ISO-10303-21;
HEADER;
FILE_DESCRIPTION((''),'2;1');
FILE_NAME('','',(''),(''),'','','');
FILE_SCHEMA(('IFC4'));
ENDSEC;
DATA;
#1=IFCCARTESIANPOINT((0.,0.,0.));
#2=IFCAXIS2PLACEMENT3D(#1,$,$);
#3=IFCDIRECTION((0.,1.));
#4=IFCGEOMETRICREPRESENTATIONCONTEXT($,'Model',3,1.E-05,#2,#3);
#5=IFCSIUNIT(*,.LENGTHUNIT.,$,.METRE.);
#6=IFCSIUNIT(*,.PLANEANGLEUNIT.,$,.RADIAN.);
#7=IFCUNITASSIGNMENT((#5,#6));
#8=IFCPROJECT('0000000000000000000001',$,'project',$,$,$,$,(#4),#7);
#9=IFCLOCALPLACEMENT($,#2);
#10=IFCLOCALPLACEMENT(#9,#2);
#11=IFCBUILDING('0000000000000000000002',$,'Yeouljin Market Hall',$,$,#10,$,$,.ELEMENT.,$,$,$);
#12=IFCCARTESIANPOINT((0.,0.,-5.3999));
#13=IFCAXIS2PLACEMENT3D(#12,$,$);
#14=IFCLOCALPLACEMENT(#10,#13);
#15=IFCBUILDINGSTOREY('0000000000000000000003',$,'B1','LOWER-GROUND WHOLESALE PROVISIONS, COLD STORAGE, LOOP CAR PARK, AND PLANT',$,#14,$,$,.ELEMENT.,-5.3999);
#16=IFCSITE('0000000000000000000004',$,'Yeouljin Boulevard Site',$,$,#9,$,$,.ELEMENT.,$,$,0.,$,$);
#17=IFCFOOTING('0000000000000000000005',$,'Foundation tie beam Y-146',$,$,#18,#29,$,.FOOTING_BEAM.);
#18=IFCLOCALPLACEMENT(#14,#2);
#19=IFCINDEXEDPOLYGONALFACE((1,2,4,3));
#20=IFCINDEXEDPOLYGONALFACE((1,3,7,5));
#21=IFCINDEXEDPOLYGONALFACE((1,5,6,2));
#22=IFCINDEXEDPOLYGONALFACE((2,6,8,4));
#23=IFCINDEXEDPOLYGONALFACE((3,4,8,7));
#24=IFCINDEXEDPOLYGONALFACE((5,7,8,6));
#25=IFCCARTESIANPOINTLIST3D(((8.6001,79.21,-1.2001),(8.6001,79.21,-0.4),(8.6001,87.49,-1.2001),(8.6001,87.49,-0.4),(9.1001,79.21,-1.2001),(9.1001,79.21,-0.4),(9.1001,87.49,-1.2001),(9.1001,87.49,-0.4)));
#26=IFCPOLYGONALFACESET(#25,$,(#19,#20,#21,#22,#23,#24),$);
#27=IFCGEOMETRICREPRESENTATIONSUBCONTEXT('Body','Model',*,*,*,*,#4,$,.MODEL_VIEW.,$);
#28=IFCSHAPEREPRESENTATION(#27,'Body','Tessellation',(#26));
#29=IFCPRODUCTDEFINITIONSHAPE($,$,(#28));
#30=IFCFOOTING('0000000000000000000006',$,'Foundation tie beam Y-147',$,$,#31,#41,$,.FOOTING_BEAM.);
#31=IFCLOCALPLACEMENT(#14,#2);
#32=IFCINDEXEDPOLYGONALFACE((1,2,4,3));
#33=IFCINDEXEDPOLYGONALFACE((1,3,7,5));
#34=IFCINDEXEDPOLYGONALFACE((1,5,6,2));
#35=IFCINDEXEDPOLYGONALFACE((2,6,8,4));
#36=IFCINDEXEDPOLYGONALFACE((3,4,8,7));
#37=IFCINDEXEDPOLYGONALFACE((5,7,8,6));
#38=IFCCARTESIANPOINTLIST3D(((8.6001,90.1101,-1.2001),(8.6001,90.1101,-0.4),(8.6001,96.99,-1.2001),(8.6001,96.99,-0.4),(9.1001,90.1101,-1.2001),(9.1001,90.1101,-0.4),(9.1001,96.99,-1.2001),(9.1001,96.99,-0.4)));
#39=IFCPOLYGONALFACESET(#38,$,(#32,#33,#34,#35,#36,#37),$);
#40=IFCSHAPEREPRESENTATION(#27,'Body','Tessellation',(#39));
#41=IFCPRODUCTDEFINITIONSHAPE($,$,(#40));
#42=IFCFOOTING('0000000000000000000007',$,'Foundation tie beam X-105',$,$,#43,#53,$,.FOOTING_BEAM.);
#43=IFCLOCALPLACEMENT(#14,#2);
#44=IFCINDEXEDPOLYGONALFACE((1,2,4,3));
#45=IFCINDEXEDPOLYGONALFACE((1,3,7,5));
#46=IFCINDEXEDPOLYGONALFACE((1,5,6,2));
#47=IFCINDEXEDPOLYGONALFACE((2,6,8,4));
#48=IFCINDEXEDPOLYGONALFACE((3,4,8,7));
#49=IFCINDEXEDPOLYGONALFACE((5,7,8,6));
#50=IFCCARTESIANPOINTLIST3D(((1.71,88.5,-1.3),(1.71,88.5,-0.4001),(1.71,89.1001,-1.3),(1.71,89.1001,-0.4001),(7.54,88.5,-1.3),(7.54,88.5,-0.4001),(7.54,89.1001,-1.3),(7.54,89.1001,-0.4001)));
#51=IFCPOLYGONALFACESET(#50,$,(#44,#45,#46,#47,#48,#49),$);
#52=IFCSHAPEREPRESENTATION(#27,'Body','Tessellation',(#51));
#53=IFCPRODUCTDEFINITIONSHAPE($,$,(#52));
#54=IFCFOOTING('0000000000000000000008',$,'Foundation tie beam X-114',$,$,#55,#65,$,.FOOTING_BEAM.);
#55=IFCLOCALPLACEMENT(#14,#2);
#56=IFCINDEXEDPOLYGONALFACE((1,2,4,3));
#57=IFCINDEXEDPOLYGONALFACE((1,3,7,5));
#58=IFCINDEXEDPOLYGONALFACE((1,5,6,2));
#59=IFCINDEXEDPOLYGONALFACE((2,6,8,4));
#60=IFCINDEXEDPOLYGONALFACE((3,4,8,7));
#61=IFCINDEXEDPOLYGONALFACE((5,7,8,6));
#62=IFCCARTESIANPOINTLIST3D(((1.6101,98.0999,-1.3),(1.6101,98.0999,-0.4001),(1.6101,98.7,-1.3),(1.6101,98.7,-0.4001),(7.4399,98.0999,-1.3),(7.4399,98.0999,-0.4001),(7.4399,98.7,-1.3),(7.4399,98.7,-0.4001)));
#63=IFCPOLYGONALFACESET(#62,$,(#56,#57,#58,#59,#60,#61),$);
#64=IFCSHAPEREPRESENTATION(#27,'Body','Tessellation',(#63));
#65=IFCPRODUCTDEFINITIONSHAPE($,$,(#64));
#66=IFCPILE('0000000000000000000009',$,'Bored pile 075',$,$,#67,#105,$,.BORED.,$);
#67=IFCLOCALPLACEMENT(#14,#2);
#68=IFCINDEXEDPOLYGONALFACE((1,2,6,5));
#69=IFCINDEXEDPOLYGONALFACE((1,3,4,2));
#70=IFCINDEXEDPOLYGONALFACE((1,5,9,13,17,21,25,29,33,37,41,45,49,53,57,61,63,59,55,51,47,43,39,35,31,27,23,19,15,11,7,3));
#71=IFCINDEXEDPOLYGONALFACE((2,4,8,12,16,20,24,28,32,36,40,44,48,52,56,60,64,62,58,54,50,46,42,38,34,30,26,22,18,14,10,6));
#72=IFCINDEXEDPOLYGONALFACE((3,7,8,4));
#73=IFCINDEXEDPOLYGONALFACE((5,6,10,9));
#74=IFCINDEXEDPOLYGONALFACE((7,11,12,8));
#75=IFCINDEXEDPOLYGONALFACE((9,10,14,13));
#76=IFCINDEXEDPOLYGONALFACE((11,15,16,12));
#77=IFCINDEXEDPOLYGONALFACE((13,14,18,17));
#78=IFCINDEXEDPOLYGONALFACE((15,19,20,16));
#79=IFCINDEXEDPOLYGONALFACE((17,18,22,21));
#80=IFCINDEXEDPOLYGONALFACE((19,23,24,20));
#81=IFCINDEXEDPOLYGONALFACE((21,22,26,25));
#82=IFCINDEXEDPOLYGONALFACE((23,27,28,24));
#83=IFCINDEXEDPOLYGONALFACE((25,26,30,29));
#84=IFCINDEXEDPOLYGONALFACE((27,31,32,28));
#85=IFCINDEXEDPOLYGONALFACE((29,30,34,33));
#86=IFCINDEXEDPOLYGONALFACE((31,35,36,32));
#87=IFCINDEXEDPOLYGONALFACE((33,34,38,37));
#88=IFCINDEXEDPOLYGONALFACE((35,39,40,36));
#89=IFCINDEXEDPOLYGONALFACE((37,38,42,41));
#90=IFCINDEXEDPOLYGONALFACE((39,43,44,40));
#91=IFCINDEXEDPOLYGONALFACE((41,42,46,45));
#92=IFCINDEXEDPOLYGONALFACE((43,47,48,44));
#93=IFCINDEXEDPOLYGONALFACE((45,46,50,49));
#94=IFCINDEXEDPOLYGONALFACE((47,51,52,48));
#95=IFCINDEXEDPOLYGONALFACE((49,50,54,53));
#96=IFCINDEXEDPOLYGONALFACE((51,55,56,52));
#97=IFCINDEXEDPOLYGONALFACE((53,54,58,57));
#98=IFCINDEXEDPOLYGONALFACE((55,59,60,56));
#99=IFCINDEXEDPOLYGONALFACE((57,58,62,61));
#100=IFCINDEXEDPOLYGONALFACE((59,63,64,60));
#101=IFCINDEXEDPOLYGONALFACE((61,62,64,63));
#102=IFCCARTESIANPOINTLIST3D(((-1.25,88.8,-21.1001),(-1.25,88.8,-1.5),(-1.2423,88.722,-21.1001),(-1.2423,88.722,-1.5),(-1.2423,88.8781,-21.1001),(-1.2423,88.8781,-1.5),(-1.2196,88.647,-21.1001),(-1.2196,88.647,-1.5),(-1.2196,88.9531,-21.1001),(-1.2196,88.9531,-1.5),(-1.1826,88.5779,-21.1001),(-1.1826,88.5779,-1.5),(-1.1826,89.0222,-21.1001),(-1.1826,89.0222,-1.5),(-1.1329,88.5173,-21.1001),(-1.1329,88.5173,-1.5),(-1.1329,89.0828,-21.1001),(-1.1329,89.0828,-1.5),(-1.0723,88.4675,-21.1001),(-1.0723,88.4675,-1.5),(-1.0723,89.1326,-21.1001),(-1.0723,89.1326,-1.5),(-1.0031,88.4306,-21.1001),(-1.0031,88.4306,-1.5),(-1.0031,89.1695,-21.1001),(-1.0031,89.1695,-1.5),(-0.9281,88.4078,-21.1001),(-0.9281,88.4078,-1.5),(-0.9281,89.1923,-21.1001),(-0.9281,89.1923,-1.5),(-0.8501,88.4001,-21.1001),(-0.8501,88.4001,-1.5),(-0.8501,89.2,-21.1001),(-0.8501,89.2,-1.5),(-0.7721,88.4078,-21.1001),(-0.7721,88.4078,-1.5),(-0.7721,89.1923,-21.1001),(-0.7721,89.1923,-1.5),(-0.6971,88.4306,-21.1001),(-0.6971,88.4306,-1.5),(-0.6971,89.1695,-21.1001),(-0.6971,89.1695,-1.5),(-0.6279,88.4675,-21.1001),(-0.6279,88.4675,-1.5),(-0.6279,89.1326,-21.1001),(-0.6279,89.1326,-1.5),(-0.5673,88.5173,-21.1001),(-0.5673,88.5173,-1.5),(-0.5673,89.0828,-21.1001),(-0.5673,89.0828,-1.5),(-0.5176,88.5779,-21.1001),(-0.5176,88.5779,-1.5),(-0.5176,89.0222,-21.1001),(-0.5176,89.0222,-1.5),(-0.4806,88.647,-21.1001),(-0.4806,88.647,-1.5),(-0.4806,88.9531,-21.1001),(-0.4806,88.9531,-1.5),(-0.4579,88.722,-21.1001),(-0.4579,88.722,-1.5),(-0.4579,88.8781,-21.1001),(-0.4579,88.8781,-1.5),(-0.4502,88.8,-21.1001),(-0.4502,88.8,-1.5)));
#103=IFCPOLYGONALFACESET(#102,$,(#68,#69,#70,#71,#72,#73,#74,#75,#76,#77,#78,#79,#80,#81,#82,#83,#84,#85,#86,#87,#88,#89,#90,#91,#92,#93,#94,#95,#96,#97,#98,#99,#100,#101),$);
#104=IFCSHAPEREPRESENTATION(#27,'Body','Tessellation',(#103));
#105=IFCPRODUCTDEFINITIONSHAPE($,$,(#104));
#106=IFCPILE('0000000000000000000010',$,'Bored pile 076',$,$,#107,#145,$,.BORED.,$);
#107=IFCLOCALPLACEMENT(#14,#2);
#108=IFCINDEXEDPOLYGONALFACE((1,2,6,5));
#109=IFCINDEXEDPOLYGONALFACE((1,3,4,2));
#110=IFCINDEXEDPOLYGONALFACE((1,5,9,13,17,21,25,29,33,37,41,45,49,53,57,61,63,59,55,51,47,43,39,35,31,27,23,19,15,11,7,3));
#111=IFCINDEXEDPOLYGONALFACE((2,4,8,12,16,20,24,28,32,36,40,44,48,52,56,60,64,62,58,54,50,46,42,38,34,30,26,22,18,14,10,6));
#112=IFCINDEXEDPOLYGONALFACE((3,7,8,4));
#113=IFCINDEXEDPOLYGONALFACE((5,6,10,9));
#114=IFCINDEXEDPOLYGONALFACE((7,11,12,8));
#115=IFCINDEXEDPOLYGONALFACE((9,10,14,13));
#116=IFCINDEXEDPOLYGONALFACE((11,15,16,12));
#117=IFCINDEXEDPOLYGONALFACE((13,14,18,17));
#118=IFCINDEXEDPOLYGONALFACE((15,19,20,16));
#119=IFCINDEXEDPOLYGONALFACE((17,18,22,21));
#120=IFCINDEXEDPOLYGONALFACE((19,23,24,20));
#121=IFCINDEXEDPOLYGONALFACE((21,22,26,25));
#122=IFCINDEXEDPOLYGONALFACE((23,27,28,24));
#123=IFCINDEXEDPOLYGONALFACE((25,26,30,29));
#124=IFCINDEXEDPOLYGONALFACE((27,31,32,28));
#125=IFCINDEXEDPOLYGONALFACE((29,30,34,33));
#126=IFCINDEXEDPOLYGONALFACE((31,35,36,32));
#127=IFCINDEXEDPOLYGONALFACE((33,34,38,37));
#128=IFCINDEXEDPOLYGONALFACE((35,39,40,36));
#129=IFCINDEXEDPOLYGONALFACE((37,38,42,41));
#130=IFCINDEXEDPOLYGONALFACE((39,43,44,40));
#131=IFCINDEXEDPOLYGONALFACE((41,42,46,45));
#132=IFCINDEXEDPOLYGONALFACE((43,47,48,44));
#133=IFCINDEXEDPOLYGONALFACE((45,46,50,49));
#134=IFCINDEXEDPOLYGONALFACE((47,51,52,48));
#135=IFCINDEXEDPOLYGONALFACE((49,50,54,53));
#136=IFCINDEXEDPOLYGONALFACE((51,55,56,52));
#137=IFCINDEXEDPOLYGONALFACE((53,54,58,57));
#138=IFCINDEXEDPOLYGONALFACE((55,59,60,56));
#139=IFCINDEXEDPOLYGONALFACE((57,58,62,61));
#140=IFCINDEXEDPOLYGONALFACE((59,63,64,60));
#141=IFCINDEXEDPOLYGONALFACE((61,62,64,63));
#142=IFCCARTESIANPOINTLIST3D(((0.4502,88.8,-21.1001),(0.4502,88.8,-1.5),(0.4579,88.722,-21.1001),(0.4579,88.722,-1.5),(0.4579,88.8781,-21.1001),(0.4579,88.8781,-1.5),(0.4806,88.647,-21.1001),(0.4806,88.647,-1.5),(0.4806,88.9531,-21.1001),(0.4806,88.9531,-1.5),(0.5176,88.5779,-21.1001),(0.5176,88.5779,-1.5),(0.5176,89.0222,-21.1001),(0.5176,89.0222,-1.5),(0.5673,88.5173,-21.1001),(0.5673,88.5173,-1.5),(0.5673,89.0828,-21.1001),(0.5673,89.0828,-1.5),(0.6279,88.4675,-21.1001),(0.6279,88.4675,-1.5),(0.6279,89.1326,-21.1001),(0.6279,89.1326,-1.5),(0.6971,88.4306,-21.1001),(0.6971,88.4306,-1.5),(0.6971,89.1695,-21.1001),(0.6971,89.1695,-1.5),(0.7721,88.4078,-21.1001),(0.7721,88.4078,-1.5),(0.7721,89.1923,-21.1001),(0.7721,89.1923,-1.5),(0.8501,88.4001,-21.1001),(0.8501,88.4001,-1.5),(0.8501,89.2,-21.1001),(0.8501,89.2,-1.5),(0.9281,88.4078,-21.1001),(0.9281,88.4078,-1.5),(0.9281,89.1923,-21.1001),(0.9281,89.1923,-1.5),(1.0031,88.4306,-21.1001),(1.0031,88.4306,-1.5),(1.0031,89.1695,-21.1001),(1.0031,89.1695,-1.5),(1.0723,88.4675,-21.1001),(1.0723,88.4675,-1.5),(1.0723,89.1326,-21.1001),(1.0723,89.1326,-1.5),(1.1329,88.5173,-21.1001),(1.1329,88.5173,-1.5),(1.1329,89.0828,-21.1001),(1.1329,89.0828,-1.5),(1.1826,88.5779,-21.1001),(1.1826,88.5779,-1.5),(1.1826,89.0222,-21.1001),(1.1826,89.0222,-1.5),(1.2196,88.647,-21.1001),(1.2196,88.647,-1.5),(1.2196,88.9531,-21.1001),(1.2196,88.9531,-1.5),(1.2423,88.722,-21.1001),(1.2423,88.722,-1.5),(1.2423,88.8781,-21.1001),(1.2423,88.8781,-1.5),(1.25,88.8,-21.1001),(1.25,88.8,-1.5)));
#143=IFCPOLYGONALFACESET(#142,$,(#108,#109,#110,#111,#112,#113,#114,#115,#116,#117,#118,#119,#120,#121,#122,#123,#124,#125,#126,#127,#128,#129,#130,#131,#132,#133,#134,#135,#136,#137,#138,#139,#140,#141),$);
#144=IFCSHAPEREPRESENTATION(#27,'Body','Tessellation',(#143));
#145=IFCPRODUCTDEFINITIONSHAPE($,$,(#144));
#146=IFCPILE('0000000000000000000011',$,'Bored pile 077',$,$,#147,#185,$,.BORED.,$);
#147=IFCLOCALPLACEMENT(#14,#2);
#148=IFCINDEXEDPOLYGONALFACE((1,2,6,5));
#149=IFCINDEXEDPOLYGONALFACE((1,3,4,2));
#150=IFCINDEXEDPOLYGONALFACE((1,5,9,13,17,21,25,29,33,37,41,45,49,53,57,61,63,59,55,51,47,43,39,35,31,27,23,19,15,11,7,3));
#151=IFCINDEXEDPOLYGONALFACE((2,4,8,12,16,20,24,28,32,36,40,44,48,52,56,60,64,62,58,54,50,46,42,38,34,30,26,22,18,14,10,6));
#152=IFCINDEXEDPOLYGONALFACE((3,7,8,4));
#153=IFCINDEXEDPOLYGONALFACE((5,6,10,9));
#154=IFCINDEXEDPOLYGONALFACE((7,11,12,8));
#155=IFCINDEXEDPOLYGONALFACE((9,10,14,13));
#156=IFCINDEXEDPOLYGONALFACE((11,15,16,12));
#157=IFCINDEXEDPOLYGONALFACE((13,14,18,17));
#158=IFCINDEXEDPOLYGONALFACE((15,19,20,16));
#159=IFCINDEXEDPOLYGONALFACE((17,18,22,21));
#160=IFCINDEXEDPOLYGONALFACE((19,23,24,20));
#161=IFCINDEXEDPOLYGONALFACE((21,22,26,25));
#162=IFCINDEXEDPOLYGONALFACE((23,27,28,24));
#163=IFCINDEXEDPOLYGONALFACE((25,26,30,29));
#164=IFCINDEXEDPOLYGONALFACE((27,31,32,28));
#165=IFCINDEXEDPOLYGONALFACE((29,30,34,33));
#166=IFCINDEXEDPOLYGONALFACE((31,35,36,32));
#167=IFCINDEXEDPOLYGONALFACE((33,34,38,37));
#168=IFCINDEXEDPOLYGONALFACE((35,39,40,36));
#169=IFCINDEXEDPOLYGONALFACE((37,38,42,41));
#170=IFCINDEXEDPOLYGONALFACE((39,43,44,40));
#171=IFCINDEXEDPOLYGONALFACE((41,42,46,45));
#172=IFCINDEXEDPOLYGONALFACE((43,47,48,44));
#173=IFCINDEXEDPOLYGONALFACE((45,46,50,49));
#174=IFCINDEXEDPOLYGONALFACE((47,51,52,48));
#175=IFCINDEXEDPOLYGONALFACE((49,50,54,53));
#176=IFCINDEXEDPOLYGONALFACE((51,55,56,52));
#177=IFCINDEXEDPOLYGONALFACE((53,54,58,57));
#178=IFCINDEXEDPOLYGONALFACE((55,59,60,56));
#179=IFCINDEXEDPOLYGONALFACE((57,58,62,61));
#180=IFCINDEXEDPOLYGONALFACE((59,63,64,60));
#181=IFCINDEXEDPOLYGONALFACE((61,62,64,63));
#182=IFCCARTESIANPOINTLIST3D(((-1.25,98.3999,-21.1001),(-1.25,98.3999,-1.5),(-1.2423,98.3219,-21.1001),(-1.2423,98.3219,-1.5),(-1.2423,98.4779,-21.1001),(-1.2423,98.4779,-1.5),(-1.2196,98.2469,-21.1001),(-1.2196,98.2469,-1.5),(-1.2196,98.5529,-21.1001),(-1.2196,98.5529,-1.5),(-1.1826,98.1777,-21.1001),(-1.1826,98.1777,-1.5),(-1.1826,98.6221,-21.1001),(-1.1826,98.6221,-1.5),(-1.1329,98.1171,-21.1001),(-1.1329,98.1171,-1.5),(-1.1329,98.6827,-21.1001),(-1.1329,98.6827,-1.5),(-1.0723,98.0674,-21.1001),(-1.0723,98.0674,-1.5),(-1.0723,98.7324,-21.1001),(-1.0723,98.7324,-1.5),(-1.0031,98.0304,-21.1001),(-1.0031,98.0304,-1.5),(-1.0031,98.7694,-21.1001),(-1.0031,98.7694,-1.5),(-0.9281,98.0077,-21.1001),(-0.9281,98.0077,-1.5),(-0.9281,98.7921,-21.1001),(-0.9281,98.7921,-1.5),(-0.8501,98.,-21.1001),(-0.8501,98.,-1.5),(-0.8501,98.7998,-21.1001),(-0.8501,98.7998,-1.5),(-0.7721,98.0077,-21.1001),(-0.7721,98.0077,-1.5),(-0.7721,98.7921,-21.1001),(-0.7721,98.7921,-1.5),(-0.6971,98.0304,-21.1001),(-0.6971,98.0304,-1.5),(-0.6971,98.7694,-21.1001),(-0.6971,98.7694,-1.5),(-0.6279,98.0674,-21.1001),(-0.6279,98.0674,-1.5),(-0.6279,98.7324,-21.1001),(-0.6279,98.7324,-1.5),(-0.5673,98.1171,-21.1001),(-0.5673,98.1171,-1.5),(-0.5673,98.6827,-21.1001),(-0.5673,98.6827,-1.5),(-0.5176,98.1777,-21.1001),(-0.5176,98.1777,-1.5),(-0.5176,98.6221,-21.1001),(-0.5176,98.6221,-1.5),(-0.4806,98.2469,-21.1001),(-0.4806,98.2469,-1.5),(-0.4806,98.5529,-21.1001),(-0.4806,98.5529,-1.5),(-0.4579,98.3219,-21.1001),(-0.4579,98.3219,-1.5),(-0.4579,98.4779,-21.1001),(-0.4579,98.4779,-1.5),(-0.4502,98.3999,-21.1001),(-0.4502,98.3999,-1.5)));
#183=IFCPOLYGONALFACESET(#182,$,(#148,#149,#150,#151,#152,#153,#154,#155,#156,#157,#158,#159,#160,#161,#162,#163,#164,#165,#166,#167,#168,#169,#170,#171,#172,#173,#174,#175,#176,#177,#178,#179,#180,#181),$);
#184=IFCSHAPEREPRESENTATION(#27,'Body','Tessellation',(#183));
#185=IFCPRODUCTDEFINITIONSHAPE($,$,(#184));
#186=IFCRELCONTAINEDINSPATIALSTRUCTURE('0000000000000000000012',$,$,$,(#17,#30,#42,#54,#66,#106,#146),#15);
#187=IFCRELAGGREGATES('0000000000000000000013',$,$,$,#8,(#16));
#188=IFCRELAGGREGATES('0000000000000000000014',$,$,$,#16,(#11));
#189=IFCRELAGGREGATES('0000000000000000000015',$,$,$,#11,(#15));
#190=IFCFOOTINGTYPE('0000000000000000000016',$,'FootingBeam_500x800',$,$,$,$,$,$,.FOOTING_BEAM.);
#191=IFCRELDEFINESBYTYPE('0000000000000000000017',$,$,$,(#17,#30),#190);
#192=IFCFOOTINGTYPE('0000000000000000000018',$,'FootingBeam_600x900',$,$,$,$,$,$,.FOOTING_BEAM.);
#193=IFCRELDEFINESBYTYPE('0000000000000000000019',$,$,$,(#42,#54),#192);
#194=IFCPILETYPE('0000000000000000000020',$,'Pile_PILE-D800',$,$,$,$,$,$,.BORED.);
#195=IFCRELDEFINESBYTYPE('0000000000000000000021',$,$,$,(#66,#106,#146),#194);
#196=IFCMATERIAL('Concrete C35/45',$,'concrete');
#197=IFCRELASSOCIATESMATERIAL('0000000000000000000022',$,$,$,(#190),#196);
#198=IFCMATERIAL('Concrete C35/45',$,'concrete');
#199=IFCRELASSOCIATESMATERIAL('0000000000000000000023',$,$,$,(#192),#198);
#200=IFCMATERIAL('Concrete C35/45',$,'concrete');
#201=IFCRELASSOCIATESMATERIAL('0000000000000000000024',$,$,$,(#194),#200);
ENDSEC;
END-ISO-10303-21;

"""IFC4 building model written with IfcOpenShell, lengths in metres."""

from ifc_helpers import new_model, si_unit, direction, frame, origin, origin_2d, place, context, subcontext, project, spatial, rectangle, circle, extrude, material, material_profile, profile_set, type_object, element, save


model = new_model("IFC4")

# Units and contexts
model_context = context("Model", 3, precision=1e-05, world=origin(), true_north=direction((0.0, 1.0)))
body_context = subcontext(model_context, "Body", "Model", "MODEL_VIEW")
ifc_project = project(units=[si_unit("LENGTHUNIT", "METRE"), si_unit("PLANEANGLEUNIT", "RADIAN")], contexts=[model_context])

# Site, building, storey
site_placement = place(None, origin())
site = spatial("IfcSite", under=ifc_project, at=site_placement, Name="Yeouljin Boulevard Site", CompositionType="ELEMENT", RefElevation=0.0)
building_placement = place(site_placement, origin())
building = spatial("IfcBuilding", under=site, at=building_placement, Name="Yeouljin Market Hall", CompositionType="ELEMENT")
storey_placement = place(building_placement, frame((0.0, 0.0, -5.3999)))
storey = spatial("IfcBuildingStorey", under=building, at=storey_placement, Name="B1", Description="LOWER-GROUND WHOLESALE PROVISIONS, COLD STORAGE, LOOP CAR PARK, AND PLANT", CompositionType="ELEMENT", Elevation=-5.3999)

# Footings
ifc_material_1 = material(Name="Concrete C35/45", Category="concrete")
ifc_material_profile_1 = material_profile(ifc_material_1, rectangle(XDim=0.5, YDim=0.8, at=origin_2d()), Name="RC-500x800")
ifc_profile_set_1 = profile_set([ifc_material_profile_1], Name="Concrete C35/45")
footing_type_1 = type_object("IfcFootingType", Name="FootingBeam_500x800", PredefinedType="FOOTING_BEAM", material=ifc_profile_set_1)
footing_1_placement = place(storey_placement, frame((8.8501, 79.21, -0.8), z_axis=(0.0, 1.0, 0.0), x_axis=(-1.0, 0.0, 0.0)))
element("IfcFooting", 1, at=footing_1_placement, inside=storey, type_object=footing_type_1, Name="Foundation tie beam Y-146", PredefinedType="FOOTING_BEAM", context=body_context, shape_type="SweptSolid", body=[
    extrude(rectangle(XDim=0.5, YDim=0.8, at=origin_2d()), origin(), (0.0, 0.0, 1.0), 8.28),
])
footing_2_placement = place(storey_placement, frame((8.8501, 90.1101, -0.8), z_axis=(0.0, 1.0, 0.0), x_axis=(-1.0, 0.0, 0.0)))
element("IfcFooting", 2, at=footing_2_placement, inside=storey, type_object=footing_type_1, Name="Foundation tie beam Y-147", PredefinedType="FOOTING_BEAM", context=body_context, shape_type="SweptSolid", body=[
    extrude(rectangle(XDim=0.5, YDim=0.8, at=origin_2d()), origin(), (0.0, 0.0, 1.0), 6.8799),
])
ifc_material_2 = material(Name="Concrete C35/45", Category="concrete")
ifc_material_profile_2 = material_profile(ifc_material_2, rectangle(XDim=0.6001, YDim=0.8999, at=origin_2d()), Name="RC-600x900")
ifc_profile_set_2 = profile_set([ifc_material_profile_2], Name="Concrete C35/45")
footing_type_2 = type_object("IfcFootingType", Name="FootingBeam_600x900", PredefinedType="FOOTING_BEAM", material=ifc_profile_set_2)
footing_3_placement = place(storey_placement, frame((1.71, 88.8, -0.8501), z_axis=(1.0, 0.0, 0.0), x_axis=(0.0, 1.0, 0.0)))
element("IfcFooting", 3, at=footing_3_placement, inside=storey, type_object=footing_type_2, Name="Foundation tie beam X-105", PredefinedType="FOOTING_BEAM", context=body_context, shape_type="SweptSolid", body=[
    extrude(rectangle(XDim=0.6001, YDim=0.8999, at=origin_2d()), origin(), (0.0, 0.0, 1.0), 5.8301),
])
footing_4_placement = place(storey_placement, frame((1.6101, 98.3999, -0.8501), z_axis=(1.0, 0.0, 0.0), x_axis=(0.0, 1.0, 0.0)))
element("IfcFooting", 4, at=footing_4_placement, inside=storey, type_object=footing_type_2, Name="Foundation tie beam X-114", PredefinedType="FOOTING_BEAM", context=body_context, shape_type="SweptSolid", body=[
    extrude(rectangle(XDim=0.6001, YDim=0.8999, at=origin_2d()), origin(), (0.0, 0.0, 1.0), 5.8298),
])

# Piles
ifc_material_3 = material(Name="Concrete C35/45", Category="concrete")
ifc_material_profile_3 = material_profile(ifc_material_3, circle(Radius=0.3999, at=origin_2d()), Name="PILE-D800")
ifc_profile_set_3 = profile_set([ifc_material_profile_3], Name="Concrete C35/45")
pile_type = type_object("IfcPileType", Name="Pile_PILE-D800", PredefinedType="BORED", material=ifc_profile_set_3)
for number, where, z_axis, x_axis, name in (
    (5, (-0.8501, 88.8, -1.5), (0.0, 0.0, -1.0), (1.0, 0.0, 0.0), "Bored pile 075"),
    (6, (0.8501, 88.8, -1.5), (0.0, 0.0, -1.0), (1.0, 0.0, 0.0), "Bored pile 076"),
    (7, (-0.8501, 98.3999, -1.5), (0.0, 0.0, -1.0), (1.0, 0.0, 0.0), "Bored pile 077"),
):
    element("IfcPile", number, at=place(storey_placement, frame(where, z_axis=z_axis, x_axis=x_axis)), inside=storey, type_object=pile_type, Name=name, PredefinedType="BORED", context=body_context, shape_type="SweptSolid", body=[
        extrude(circle(Radius=0.3999, at=origin_2d()), origin(), (0.0, 0.0, 1.0), 19.6001),
    ])

save(model, "model.ifc")
